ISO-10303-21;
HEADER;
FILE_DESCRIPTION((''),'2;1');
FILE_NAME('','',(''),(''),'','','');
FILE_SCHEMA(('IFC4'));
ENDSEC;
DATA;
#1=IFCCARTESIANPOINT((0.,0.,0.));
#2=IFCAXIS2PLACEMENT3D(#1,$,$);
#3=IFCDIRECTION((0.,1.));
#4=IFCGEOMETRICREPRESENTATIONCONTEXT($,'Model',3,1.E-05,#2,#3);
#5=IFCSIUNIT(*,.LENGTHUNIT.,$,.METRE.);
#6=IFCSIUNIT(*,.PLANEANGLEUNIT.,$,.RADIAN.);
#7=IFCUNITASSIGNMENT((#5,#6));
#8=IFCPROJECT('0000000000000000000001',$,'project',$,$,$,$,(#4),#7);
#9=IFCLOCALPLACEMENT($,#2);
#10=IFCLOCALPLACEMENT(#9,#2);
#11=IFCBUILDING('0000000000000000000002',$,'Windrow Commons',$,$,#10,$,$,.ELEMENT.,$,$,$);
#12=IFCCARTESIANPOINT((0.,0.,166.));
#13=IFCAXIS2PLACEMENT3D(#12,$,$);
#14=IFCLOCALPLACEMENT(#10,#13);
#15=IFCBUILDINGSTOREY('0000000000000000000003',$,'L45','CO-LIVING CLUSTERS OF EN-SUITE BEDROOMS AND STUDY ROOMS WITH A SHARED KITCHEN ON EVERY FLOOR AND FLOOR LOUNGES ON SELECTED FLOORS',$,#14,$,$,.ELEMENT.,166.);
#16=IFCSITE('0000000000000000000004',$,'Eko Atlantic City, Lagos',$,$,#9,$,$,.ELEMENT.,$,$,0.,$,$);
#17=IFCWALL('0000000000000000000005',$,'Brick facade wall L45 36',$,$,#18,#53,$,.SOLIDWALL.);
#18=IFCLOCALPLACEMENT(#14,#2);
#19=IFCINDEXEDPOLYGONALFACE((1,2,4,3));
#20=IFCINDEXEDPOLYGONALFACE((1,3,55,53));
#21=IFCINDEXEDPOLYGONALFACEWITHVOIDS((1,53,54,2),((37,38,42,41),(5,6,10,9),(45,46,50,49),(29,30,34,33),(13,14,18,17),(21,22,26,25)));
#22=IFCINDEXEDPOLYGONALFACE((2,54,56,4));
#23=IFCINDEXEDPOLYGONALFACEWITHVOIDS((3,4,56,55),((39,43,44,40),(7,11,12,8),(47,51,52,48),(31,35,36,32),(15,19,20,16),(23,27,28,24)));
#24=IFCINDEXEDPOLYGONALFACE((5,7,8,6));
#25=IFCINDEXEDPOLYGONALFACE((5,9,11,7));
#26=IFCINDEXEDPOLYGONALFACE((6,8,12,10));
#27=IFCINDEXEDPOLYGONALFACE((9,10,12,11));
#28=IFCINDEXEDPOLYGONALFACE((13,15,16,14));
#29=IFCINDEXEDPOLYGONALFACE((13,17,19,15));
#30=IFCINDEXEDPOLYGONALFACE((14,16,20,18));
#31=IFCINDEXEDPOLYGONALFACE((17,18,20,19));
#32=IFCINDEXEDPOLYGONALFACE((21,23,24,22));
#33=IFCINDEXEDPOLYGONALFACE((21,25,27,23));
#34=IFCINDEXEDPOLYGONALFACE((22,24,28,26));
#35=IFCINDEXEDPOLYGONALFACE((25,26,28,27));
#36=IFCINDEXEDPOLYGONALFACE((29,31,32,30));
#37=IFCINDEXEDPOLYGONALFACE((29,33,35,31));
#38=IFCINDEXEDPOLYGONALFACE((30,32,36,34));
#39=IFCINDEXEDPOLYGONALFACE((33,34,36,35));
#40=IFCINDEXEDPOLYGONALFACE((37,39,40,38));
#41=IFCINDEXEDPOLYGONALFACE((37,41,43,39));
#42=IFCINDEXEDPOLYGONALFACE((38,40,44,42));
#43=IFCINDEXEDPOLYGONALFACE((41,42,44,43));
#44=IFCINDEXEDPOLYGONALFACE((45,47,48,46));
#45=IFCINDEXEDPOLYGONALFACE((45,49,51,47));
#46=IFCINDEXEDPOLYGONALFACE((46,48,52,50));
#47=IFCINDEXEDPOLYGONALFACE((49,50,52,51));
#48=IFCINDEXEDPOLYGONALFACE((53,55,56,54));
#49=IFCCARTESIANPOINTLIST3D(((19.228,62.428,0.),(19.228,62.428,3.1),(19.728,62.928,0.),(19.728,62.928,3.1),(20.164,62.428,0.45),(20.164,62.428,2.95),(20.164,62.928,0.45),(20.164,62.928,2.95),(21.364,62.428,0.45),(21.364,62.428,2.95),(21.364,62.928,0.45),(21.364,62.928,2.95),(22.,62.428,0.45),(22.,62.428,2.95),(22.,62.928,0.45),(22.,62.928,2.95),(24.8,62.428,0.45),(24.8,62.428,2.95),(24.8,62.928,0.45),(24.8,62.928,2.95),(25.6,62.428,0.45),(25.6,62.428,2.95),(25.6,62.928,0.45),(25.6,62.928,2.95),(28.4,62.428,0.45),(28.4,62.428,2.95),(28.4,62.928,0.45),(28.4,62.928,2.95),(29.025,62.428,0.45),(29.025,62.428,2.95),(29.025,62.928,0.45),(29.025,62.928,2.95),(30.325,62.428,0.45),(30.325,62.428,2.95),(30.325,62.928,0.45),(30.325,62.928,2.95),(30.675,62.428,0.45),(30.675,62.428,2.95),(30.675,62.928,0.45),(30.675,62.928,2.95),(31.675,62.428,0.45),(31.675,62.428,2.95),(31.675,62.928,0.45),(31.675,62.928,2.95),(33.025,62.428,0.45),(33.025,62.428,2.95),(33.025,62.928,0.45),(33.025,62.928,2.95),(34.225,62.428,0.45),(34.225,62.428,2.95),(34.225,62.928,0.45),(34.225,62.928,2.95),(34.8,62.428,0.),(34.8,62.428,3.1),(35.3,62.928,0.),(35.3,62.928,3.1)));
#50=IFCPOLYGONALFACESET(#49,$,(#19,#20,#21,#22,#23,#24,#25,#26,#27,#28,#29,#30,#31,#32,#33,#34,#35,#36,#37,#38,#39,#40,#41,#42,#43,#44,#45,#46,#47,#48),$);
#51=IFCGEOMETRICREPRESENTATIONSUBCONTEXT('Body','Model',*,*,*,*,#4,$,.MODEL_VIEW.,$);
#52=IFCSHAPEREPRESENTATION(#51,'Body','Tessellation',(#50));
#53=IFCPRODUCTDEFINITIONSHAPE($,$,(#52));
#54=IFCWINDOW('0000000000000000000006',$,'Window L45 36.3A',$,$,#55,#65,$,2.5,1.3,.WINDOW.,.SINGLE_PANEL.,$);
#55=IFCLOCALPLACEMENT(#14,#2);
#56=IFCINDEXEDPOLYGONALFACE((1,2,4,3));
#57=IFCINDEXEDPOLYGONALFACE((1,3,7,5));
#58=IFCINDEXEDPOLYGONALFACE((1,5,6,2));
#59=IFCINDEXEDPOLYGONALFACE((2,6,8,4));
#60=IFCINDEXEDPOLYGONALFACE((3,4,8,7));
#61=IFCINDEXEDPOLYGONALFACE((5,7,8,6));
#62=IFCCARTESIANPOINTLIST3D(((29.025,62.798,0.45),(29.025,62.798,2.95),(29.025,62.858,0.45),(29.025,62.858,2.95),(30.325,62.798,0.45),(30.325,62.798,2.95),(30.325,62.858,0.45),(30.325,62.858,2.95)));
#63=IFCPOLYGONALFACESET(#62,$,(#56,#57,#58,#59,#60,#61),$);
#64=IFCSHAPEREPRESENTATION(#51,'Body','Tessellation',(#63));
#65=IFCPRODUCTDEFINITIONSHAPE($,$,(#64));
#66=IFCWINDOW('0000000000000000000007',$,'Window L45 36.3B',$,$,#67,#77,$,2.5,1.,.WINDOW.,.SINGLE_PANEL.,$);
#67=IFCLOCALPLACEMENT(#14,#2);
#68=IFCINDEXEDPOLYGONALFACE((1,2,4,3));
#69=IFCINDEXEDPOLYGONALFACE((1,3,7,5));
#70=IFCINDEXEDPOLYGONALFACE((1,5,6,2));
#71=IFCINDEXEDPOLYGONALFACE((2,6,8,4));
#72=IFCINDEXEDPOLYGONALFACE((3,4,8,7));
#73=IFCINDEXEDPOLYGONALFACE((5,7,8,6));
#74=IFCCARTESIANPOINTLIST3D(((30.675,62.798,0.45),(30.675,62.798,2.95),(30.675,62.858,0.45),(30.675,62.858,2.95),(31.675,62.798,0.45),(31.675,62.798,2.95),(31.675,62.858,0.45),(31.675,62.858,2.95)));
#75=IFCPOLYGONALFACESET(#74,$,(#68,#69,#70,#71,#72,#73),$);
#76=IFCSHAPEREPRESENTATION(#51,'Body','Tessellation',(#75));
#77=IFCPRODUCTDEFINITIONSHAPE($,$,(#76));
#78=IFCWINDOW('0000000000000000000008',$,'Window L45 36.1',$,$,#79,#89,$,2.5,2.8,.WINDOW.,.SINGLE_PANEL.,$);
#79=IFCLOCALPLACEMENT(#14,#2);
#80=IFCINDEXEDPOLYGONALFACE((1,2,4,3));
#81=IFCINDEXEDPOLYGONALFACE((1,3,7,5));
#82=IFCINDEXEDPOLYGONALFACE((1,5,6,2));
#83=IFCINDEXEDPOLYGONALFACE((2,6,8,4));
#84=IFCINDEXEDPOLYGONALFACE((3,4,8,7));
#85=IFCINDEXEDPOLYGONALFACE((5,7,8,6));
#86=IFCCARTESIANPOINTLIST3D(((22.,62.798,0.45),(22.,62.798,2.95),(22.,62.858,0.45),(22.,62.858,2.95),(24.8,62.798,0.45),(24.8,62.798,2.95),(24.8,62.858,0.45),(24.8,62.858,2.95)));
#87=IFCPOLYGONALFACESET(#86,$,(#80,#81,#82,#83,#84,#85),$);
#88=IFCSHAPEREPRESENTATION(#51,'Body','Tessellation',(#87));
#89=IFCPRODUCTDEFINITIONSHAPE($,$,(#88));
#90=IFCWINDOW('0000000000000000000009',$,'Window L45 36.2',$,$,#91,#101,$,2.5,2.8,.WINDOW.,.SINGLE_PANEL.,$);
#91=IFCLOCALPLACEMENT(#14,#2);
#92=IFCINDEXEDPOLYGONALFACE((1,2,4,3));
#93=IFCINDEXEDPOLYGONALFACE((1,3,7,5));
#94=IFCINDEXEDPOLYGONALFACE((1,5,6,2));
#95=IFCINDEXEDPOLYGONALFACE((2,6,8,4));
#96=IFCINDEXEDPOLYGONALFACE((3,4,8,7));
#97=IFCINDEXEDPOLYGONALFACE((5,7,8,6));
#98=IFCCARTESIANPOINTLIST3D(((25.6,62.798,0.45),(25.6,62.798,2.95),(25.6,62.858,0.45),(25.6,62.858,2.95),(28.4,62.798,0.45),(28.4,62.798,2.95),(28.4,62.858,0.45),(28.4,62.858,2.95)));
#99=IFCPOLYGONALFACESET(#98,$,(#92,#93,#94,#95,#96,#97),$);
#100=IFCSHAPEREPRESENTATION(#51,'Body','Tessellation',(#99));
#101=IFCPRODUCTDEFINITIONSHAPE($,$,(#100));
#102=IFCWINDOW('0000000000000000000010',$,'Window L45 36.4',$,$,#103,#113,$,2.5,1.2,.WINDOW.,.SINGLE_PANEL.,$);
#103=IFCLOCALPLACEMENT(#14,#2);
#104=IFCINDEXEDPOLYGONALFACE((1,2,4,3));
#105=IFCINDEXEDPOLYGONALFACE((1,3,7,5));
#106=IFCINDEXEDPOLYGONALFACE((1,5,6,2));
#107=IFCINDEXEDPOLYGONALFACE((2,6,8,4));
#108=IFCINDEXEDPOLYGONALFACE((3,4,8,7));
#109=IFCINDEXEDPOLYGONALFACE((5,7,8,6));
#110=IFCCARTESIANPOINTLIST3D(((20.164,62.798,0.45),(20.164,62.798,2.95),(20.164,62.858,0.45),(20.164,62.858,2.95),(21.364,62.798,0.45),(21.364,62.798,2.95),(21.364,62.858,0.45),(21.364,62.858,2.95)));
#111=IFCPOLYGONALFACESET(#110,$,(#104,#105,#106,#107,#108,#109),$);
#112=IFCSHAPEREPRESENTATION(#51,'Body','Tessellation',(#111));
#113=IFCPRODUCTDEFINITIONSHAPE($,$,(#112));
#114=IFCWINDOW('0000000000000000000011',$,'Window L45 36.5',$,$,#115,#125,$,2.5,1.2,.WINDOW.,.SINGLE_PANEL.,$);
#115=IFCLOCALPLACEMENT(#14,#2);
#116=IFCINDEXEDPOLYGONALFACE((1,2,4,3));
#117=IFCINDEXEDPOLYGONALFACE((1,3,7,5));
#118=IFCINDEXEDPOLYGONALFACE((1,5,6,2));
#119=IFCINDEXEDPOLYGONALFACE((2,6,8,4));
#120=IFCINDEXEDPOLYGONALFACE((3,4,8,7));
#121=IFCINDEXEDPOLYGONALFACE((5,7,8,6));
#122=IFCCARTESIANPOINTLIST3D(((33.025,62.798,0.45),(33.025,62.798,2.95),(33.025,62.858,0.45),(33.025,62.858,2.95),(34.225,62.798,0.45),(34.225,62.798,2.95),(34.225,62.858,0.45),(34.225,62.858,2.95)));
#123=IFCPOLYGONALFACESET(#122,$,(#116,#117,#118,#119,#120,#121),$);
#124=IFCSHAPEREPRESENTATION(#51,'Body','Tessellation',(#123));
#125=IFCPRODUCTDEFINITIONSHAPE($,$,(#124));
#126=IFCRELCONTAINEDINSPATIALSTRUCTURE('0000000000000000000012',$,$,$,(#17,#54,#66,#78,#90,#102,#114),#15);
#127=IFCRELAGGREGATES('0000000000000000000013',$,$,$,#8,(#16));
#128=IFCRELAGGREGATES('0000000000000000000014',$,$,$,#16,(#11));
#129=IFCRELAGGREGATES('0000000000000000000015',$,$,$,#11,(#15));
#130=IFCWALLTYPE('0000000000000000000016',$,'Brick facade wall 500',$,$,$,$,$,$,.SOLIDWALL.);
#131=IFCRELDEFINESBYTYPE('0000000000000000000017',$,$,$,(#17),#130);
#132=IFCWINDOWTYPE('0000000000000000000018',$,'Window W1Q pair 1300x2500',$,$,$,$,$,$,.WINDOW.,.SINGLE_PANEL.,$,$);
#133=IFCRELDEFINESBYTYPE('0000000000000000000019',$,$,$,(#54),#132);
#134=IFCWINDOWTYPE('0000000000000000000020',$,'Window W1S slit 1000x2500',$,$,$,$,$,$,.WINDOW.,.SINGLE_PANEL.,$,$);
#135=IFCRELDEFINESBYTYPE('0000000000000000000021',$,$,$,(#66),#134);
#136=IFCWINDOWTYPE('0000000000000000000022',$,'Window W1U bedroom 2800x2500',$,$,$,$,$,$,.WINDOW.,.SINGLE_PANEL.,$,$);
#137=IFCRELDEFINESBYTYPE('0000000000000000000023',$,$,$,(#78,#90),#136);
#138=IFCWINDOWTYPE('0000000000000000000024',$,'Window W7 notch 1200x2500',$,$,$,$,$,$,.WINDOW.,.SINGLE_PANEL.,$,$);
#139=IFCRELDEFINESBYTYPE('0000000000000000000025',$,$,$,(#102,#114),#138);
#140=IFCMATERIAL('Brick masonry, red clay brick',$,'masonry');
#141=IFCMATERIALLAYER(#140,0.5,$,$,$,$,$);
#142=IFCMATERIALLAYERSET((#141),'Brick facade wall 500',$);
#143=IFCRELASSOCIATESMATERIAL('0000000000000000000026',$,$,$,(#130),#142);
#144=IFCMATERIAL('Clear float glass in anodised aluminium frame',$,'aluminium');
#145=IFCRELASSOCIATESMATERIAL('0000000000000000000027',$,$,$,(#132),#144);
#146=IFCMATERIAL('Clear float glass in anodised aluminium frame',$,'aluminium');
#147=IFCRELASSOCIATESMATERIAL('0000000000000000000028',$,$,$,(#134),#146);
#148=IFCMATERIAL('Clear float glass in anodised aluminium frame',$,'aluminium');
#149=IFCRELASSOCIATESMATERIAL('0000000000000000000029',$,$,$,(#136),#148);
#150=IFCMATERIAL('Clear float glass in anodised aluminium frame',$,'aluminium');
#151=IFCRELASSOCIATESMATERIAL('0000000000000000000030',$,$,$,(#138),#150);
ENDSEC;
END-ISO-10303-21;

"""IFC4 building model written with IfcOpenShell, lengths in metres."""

from ifc_helpers import new_model, si_unit, direction, frame, frame_2d, origin, place, context, subcontext, project, spatial, polyline, rectangle, outline, extrude, material, layer, layer_set, type_object, element, fill, save


model = new_model("IFC4")

# Units and contexts
model_context = context("Model", 3, precision=1e-05, world=origin(), true_north=direction((0.0, 1.0)))
body_context = subcontext(model_context, "Body", "Model", "MODEL_VIEW")
ifc_project = project(units=[si_unit("LENGTHUNIT", "METRE"), si_unit("PLANEANGLEUNIT", "RADIAN")], contexts=[model_context])

# Site, building, storey
site_placement = place(None, origin())
site = spatial("IfcSite", under=ifc_project, at=site_placement, Name="Eko Atlantic City, Lagos", CompositionType="ELEMENT", RefElevation=0.0)
building_placement = place(site_placement, origin())
building = spatial("IfcBuilding", under=site, at=building_placement, Name="Windrow Commons", CompositionType="ELEMENT")
storey_placement = place(building_placement, frame((0.0, 0.0, 166.0)))
storey = spatial("IfcBuildingStorey", under=building, at=storey_placement, Name="L45", Description="CO-LIVING CLUSTERS OF EN-SUITE BEDROOMS AND STUDY ROOMS WITH A SHARED KITCHEN ON EVERY FLOOR AND FLOOR LOUNGES ON SELECTED FLOORS", CompositionType="ELEMENT", Elevation=166.0)

# Wall, openings, windows
ifc_material_1 = material(Name="Brick masonry, red clay brick", Category="masonry")
ifc_layer_1 = layer(ifc_material_1, 0.5)
ifc_layer_set_1 = layer_set([ifc_layer_1], Name="Brick facade wall 500")
wall_type_1 = type_object("IfcWallType", Name="Brick facade wall 500", PredefinedType="SOLIDWALL", material=ifc_layer_set_1)
wall_1_placement = place(storey_placement, frame((19.478, 62.678, 0.0), z_axis=(0.0, 0.0, 1.0), x_axis=(1.0, 0.0, 0.0)))
wall_1 = element("IfcWall", 1, at=wall_1_placement, inside=storey, type_object=wall_type_1, Name="Brick facade wall L45 36", PredefinedType="SOLIDWALL", context=body_context, shape_type="SweptSolid", body=[
    extrude(outline(polyline([(-0.25, -0.25), (15.322, -0.25), (15.822, 0.25), (0.25, 0.25), (-0.25, -0.25)])), origin(), (0.0, 0.0, 1.0), 3.1),
])
opening_1_placement = place(wall_1_placement, frame((2.522, 0.0, 0.45)))
opening_1 = element("IfcOpeningElement", 2, at=opening_1_placement, cuts=wall_1, PredefinedType="OPENING", context=body_context, shape_type="SweptSolid", body=[
    extrude(rectangle(XDim=2.8, YDim=2.5, at=frame_2d((1.4, 1.25))), frame((0.0, 0.26, 0.0), z_axis=(0.0, -1.0, 0.0), x_axis=(1.0, 0.0, 0.0)), (0.0, 0.0, 1.0), 0.52),
])
opening_2_placement = place(wall_1_placement, frame((6.122, 0.0, 0.45)))
opening_2 = element("IfcOpeningElement", 3, at=opening_2_placement, cuts=wall_1, PredefinedType="OPENING", context=body_context, shape_type="SweptSolid", body=[
    extrude(rectangle(XDim=2.8, YDim=2.5, at=frame_2d((1.4, 1.25))), frame((0.0, 0.26, 0.0), z_axis=(0.0, -1.0, 0.0), x_axis=(1.0, 0.0, 0.0)), (0.0, 0.0, 1.0), 0.52),
])
opening_3_placement = place(wall_1_placement, frame((0.686, 0.0, 0.45)))
opening_3 = element("IfcOpeningElement", 4, at=opening_3_placement, cuts=wall_1, PredefinedType="OPENING", context=body_context, shape_type="SweptSolid", body=[
    extrude(rectangle(XDim=1.2, YDim=2.5, at=frame_2d((0.6, 1.25))), frame((0.0, 0.26, 0.0), z_axis=(0.0, -1.0, 0.0), x_axis=(1.0, 0.0, 0.0)), (0.0, 0.0, 1.0), 0.52),
])
opening_4_placement = place(wall_1_placement, frame((13.547, 0.0, 0.45)))
opening_4 = element("IfcOpeningElement", 5, at=opening_4_placement, cuts=wall_1, PredefinedType="OPENING", context=body_context, shape_type="SweptSolid", body=[
    extrude(rectangle(XDim=1.2, YDim=2.5, at=frame_2d((0.6, 1.25))), frame((0.0, 0.26, 0.0), z_axis=(0.0, -1.0, 0.0), x_axis=(1.0, 0.0, 0.0)), (0.0, 0.0, 1.0), 0.52),
])
opening_5_placement = place(wall_1_placement, frame((9.547, 0.0, 0.45)))
opening_5 = element("IfcOpeningElement", 6, at=opening_5_placement, cuts=wall_1, PredefinedType="OPENING", context=body_context, shape_type="SweptSolid", body=[
    extrude(rectangle(XDim=1.3, YDim=2.5, at=frame_2d((0.65, 1.25))), frame((0.0, 0.26, 0.0), z_axis=(0.0, -1.0, 0.0), x_axis=(1.0, 0.0, 0.0)), (0.0, 0.0, 1.0), 0.52),
])
opening_6_placement = place(wall_1_placement, frame((11.197, 0.0, 0.45)))
opening_6 = element("IfcOpeningElement", 7, at=opening_6_placement, cuts=wall_1, PredefinedType="OPENING", context=body_context, shape_type="SweptSolid", body=[
    extrude(rectangle(XDim=1.0, YDim=2.5, at=frame_2d((0.5, 1.25))), frame((0.0, 0.26, 0.0), z_axis=(0.0, -1.0, 0.0), x_axis=(1.0, 0.0, 0.0)), (0.0, 0.0, 1.0), 0.52),
])
ifc_material_2 = material(Name="Clear float glass in anodised aluminium frame", Category="aluminium")
window_type_1 = type_object("IfcWindowType", Name="Window W1Q pair 1300x2500", PartitioningType="SINGLE_PANEL", PredefinedType="WINDOW", material=ifc_material_2)
window_1_placement = place(opening_5_placement, origin())
window_1 = element("IfcWindow", 8, at=window_1_placement, inside=storey, type_object=window_type_1, Name="Window L45 36.3A", OverallHeight=2.5, OverallWidth=1.3, PartitioningType="SINGLE_PANEL", PredefinedType="WINDOW", context=body_context, shape_type="SweptSolid", body=[
    extrude(rectangle(XDim=1.3, YDim=2.5, at=frame_2d((0.65, 1.25))), frame((0.0, 0.18, 0.0), z_axis=(0.0, -1.0, 0.0), x_axis=(1.0, 0.0, 0.0)), (0.0, 0.0, 1.0), 0.06),
])
fill(opening_5, window_1)
ifc_material_3 = material(Name="Clear float glass in anodised aluminium frame", Category="aluminium")
window_type_2 = type_object("IfcWindowType", Name="Window W1S slit 1000x2500", PartitioningType="SINGLE_PANEL", PredefinedType="WINDOW", material=ifc_material_3)
window_2_placement = place(opening_6_placement, origin())
window_2 = element("IfcWindow", 9, at=window_2_placement, inside=storey, type_object=window_type_2, Name="Window L45 36.3B", OverallHeight=2.5, OverallWidth=1.0, PartitioningType="SINGLE_PANEL", PredefinedType="WINDOW", context=body_context, shape_type="SweptSolid", body=[
    extrude(rectangle(XDim=1.0, YDim=2.5, at=frame_2d((0.5, 1.25))), frame((0.0, 0.18, 0.0), z_axis=(0.0, -1.0, 0.0), x_axis=(1.0, 0.0, 0.0)), (0.0, 0.0, 1.0), 0.06),
])
fill(opening_6, window_2)
ifc_material_4 = material(Name="Clear float glass in anodised aluminium frame", Category="aluminium")
window_type_3 = type_object("IfcWindowType", Name="Window W1U bedroom 2800x2500", PartitioningType="SINGLE_PANEL", PredefinedType="WINDOW", material=ifc_material_4)
window_3_placement = place(opening_1_placement, origin())
window_3 = element("IfcWindow", 10, at=window_3_placement, inside=storey, type_object=window_type_3, Name="Window L45 36.1", OverallHeight=2.5, OverallWidth=2.8, PartitioningType="SINGLE_PANEL", PredefinedType="WINDOW", context=body_context, shape_type="SweptSolid", body=[
    extrude(rectangle(XDim=2.8, YDim=2.5, at=frame_2d((1.4, 1.25))), frame((0.0, 0.18, 0.0), z_axis=(0.0, -1.0, 0.0), x_axis=(1.0, 0.0, 0.0)), (0.0, 0.0, 1.0), 0.06),
])
fill(opening_1, window_3)
window_4_placement = place(opening_2_placement, origin())
window_4 = element("IfcWindow", 11, at=window_4_placement, inside=storey, type_object=window_type_3, Name="Window L45 36.2", OverallHeight=2.5, OverallWidth=2.8, PartitioningType="SINGLE_PANEL", PredefinedType="WINDOW", context=body_context, shape_type="SweptSolid", body=[
    extrude(rectangle(XDim=2.8, YDim=2.5, at=frame_2d((1.4, 1.25))), frame((0.0, 0.18, 0.0), z_axis=(0.0, -1.0, 0.0), x_axis=(1.0, 0.0, 0.0)), (0.0, 0.0, 1.0), 0.06),
])
fill(opening_2, window_4)
ifc_material_5 = material(Name="Clear float glass in anodised aluminium frame", Category="aluminium")
window_type_4 = type_object("IfcWindowType", Name="Window W7 notch 1200x2500", PartitioningType="SINGLE_PANEL", PredefinedType="WINDOW", material=ifc_material_5)
window_5_placement = place(opening_3_placement, origin())
window_5 = element("IfcWindow", 12, at=window_5_placement, inside=storey, type_object=window_type_4, Name="Window L45 36.4", OverallHeight=2.5, OverallWidth=1.2, PartitioningType="SINGLE_PANEL", PredefinedType="WINDOW", context=body_context, shape_type="SweptSolid", body=[
    extrude(rectangle(XDim=1.2, YDim=2.5, at=frame_2d((0.6, 1.25))), frame((0.0, 0.18, 0.0), z_axis=(0.0, -1.0, 0.0), x_axis=(1.0, 0.0, 0.0)), (0.0, 0.0, 1.0), 0.06),
])
fill(opening_3, window_5)
window_6_placement = place(opening_4_placement, origin())
window_6 = element("IfcWindow", 13, at=window_6_placement, inside=storey, type_object=window_type_4, Name="Window L45 36.5", OverallHeight=2.5, OverallWidth=1.2, PartitioningType="SINGLE_PANEL", PredefinedType="WINDOW", context=body_context, shape_type="SweptSolid", body=[
    extrude(rectangle(XDim=1.2, YDim=2.5, at=frame_2d((0.6, 1.25))), frame((0.0, 0.18, 0.0), z_axis=(0.0, -1.0, 0.0), x_axis=(1.0, 0.0, 0.0)), (0.0, 0.0, 1.0), 0.06),
])
fill(opening_4, window_6)

save(model, "model.ifc")
